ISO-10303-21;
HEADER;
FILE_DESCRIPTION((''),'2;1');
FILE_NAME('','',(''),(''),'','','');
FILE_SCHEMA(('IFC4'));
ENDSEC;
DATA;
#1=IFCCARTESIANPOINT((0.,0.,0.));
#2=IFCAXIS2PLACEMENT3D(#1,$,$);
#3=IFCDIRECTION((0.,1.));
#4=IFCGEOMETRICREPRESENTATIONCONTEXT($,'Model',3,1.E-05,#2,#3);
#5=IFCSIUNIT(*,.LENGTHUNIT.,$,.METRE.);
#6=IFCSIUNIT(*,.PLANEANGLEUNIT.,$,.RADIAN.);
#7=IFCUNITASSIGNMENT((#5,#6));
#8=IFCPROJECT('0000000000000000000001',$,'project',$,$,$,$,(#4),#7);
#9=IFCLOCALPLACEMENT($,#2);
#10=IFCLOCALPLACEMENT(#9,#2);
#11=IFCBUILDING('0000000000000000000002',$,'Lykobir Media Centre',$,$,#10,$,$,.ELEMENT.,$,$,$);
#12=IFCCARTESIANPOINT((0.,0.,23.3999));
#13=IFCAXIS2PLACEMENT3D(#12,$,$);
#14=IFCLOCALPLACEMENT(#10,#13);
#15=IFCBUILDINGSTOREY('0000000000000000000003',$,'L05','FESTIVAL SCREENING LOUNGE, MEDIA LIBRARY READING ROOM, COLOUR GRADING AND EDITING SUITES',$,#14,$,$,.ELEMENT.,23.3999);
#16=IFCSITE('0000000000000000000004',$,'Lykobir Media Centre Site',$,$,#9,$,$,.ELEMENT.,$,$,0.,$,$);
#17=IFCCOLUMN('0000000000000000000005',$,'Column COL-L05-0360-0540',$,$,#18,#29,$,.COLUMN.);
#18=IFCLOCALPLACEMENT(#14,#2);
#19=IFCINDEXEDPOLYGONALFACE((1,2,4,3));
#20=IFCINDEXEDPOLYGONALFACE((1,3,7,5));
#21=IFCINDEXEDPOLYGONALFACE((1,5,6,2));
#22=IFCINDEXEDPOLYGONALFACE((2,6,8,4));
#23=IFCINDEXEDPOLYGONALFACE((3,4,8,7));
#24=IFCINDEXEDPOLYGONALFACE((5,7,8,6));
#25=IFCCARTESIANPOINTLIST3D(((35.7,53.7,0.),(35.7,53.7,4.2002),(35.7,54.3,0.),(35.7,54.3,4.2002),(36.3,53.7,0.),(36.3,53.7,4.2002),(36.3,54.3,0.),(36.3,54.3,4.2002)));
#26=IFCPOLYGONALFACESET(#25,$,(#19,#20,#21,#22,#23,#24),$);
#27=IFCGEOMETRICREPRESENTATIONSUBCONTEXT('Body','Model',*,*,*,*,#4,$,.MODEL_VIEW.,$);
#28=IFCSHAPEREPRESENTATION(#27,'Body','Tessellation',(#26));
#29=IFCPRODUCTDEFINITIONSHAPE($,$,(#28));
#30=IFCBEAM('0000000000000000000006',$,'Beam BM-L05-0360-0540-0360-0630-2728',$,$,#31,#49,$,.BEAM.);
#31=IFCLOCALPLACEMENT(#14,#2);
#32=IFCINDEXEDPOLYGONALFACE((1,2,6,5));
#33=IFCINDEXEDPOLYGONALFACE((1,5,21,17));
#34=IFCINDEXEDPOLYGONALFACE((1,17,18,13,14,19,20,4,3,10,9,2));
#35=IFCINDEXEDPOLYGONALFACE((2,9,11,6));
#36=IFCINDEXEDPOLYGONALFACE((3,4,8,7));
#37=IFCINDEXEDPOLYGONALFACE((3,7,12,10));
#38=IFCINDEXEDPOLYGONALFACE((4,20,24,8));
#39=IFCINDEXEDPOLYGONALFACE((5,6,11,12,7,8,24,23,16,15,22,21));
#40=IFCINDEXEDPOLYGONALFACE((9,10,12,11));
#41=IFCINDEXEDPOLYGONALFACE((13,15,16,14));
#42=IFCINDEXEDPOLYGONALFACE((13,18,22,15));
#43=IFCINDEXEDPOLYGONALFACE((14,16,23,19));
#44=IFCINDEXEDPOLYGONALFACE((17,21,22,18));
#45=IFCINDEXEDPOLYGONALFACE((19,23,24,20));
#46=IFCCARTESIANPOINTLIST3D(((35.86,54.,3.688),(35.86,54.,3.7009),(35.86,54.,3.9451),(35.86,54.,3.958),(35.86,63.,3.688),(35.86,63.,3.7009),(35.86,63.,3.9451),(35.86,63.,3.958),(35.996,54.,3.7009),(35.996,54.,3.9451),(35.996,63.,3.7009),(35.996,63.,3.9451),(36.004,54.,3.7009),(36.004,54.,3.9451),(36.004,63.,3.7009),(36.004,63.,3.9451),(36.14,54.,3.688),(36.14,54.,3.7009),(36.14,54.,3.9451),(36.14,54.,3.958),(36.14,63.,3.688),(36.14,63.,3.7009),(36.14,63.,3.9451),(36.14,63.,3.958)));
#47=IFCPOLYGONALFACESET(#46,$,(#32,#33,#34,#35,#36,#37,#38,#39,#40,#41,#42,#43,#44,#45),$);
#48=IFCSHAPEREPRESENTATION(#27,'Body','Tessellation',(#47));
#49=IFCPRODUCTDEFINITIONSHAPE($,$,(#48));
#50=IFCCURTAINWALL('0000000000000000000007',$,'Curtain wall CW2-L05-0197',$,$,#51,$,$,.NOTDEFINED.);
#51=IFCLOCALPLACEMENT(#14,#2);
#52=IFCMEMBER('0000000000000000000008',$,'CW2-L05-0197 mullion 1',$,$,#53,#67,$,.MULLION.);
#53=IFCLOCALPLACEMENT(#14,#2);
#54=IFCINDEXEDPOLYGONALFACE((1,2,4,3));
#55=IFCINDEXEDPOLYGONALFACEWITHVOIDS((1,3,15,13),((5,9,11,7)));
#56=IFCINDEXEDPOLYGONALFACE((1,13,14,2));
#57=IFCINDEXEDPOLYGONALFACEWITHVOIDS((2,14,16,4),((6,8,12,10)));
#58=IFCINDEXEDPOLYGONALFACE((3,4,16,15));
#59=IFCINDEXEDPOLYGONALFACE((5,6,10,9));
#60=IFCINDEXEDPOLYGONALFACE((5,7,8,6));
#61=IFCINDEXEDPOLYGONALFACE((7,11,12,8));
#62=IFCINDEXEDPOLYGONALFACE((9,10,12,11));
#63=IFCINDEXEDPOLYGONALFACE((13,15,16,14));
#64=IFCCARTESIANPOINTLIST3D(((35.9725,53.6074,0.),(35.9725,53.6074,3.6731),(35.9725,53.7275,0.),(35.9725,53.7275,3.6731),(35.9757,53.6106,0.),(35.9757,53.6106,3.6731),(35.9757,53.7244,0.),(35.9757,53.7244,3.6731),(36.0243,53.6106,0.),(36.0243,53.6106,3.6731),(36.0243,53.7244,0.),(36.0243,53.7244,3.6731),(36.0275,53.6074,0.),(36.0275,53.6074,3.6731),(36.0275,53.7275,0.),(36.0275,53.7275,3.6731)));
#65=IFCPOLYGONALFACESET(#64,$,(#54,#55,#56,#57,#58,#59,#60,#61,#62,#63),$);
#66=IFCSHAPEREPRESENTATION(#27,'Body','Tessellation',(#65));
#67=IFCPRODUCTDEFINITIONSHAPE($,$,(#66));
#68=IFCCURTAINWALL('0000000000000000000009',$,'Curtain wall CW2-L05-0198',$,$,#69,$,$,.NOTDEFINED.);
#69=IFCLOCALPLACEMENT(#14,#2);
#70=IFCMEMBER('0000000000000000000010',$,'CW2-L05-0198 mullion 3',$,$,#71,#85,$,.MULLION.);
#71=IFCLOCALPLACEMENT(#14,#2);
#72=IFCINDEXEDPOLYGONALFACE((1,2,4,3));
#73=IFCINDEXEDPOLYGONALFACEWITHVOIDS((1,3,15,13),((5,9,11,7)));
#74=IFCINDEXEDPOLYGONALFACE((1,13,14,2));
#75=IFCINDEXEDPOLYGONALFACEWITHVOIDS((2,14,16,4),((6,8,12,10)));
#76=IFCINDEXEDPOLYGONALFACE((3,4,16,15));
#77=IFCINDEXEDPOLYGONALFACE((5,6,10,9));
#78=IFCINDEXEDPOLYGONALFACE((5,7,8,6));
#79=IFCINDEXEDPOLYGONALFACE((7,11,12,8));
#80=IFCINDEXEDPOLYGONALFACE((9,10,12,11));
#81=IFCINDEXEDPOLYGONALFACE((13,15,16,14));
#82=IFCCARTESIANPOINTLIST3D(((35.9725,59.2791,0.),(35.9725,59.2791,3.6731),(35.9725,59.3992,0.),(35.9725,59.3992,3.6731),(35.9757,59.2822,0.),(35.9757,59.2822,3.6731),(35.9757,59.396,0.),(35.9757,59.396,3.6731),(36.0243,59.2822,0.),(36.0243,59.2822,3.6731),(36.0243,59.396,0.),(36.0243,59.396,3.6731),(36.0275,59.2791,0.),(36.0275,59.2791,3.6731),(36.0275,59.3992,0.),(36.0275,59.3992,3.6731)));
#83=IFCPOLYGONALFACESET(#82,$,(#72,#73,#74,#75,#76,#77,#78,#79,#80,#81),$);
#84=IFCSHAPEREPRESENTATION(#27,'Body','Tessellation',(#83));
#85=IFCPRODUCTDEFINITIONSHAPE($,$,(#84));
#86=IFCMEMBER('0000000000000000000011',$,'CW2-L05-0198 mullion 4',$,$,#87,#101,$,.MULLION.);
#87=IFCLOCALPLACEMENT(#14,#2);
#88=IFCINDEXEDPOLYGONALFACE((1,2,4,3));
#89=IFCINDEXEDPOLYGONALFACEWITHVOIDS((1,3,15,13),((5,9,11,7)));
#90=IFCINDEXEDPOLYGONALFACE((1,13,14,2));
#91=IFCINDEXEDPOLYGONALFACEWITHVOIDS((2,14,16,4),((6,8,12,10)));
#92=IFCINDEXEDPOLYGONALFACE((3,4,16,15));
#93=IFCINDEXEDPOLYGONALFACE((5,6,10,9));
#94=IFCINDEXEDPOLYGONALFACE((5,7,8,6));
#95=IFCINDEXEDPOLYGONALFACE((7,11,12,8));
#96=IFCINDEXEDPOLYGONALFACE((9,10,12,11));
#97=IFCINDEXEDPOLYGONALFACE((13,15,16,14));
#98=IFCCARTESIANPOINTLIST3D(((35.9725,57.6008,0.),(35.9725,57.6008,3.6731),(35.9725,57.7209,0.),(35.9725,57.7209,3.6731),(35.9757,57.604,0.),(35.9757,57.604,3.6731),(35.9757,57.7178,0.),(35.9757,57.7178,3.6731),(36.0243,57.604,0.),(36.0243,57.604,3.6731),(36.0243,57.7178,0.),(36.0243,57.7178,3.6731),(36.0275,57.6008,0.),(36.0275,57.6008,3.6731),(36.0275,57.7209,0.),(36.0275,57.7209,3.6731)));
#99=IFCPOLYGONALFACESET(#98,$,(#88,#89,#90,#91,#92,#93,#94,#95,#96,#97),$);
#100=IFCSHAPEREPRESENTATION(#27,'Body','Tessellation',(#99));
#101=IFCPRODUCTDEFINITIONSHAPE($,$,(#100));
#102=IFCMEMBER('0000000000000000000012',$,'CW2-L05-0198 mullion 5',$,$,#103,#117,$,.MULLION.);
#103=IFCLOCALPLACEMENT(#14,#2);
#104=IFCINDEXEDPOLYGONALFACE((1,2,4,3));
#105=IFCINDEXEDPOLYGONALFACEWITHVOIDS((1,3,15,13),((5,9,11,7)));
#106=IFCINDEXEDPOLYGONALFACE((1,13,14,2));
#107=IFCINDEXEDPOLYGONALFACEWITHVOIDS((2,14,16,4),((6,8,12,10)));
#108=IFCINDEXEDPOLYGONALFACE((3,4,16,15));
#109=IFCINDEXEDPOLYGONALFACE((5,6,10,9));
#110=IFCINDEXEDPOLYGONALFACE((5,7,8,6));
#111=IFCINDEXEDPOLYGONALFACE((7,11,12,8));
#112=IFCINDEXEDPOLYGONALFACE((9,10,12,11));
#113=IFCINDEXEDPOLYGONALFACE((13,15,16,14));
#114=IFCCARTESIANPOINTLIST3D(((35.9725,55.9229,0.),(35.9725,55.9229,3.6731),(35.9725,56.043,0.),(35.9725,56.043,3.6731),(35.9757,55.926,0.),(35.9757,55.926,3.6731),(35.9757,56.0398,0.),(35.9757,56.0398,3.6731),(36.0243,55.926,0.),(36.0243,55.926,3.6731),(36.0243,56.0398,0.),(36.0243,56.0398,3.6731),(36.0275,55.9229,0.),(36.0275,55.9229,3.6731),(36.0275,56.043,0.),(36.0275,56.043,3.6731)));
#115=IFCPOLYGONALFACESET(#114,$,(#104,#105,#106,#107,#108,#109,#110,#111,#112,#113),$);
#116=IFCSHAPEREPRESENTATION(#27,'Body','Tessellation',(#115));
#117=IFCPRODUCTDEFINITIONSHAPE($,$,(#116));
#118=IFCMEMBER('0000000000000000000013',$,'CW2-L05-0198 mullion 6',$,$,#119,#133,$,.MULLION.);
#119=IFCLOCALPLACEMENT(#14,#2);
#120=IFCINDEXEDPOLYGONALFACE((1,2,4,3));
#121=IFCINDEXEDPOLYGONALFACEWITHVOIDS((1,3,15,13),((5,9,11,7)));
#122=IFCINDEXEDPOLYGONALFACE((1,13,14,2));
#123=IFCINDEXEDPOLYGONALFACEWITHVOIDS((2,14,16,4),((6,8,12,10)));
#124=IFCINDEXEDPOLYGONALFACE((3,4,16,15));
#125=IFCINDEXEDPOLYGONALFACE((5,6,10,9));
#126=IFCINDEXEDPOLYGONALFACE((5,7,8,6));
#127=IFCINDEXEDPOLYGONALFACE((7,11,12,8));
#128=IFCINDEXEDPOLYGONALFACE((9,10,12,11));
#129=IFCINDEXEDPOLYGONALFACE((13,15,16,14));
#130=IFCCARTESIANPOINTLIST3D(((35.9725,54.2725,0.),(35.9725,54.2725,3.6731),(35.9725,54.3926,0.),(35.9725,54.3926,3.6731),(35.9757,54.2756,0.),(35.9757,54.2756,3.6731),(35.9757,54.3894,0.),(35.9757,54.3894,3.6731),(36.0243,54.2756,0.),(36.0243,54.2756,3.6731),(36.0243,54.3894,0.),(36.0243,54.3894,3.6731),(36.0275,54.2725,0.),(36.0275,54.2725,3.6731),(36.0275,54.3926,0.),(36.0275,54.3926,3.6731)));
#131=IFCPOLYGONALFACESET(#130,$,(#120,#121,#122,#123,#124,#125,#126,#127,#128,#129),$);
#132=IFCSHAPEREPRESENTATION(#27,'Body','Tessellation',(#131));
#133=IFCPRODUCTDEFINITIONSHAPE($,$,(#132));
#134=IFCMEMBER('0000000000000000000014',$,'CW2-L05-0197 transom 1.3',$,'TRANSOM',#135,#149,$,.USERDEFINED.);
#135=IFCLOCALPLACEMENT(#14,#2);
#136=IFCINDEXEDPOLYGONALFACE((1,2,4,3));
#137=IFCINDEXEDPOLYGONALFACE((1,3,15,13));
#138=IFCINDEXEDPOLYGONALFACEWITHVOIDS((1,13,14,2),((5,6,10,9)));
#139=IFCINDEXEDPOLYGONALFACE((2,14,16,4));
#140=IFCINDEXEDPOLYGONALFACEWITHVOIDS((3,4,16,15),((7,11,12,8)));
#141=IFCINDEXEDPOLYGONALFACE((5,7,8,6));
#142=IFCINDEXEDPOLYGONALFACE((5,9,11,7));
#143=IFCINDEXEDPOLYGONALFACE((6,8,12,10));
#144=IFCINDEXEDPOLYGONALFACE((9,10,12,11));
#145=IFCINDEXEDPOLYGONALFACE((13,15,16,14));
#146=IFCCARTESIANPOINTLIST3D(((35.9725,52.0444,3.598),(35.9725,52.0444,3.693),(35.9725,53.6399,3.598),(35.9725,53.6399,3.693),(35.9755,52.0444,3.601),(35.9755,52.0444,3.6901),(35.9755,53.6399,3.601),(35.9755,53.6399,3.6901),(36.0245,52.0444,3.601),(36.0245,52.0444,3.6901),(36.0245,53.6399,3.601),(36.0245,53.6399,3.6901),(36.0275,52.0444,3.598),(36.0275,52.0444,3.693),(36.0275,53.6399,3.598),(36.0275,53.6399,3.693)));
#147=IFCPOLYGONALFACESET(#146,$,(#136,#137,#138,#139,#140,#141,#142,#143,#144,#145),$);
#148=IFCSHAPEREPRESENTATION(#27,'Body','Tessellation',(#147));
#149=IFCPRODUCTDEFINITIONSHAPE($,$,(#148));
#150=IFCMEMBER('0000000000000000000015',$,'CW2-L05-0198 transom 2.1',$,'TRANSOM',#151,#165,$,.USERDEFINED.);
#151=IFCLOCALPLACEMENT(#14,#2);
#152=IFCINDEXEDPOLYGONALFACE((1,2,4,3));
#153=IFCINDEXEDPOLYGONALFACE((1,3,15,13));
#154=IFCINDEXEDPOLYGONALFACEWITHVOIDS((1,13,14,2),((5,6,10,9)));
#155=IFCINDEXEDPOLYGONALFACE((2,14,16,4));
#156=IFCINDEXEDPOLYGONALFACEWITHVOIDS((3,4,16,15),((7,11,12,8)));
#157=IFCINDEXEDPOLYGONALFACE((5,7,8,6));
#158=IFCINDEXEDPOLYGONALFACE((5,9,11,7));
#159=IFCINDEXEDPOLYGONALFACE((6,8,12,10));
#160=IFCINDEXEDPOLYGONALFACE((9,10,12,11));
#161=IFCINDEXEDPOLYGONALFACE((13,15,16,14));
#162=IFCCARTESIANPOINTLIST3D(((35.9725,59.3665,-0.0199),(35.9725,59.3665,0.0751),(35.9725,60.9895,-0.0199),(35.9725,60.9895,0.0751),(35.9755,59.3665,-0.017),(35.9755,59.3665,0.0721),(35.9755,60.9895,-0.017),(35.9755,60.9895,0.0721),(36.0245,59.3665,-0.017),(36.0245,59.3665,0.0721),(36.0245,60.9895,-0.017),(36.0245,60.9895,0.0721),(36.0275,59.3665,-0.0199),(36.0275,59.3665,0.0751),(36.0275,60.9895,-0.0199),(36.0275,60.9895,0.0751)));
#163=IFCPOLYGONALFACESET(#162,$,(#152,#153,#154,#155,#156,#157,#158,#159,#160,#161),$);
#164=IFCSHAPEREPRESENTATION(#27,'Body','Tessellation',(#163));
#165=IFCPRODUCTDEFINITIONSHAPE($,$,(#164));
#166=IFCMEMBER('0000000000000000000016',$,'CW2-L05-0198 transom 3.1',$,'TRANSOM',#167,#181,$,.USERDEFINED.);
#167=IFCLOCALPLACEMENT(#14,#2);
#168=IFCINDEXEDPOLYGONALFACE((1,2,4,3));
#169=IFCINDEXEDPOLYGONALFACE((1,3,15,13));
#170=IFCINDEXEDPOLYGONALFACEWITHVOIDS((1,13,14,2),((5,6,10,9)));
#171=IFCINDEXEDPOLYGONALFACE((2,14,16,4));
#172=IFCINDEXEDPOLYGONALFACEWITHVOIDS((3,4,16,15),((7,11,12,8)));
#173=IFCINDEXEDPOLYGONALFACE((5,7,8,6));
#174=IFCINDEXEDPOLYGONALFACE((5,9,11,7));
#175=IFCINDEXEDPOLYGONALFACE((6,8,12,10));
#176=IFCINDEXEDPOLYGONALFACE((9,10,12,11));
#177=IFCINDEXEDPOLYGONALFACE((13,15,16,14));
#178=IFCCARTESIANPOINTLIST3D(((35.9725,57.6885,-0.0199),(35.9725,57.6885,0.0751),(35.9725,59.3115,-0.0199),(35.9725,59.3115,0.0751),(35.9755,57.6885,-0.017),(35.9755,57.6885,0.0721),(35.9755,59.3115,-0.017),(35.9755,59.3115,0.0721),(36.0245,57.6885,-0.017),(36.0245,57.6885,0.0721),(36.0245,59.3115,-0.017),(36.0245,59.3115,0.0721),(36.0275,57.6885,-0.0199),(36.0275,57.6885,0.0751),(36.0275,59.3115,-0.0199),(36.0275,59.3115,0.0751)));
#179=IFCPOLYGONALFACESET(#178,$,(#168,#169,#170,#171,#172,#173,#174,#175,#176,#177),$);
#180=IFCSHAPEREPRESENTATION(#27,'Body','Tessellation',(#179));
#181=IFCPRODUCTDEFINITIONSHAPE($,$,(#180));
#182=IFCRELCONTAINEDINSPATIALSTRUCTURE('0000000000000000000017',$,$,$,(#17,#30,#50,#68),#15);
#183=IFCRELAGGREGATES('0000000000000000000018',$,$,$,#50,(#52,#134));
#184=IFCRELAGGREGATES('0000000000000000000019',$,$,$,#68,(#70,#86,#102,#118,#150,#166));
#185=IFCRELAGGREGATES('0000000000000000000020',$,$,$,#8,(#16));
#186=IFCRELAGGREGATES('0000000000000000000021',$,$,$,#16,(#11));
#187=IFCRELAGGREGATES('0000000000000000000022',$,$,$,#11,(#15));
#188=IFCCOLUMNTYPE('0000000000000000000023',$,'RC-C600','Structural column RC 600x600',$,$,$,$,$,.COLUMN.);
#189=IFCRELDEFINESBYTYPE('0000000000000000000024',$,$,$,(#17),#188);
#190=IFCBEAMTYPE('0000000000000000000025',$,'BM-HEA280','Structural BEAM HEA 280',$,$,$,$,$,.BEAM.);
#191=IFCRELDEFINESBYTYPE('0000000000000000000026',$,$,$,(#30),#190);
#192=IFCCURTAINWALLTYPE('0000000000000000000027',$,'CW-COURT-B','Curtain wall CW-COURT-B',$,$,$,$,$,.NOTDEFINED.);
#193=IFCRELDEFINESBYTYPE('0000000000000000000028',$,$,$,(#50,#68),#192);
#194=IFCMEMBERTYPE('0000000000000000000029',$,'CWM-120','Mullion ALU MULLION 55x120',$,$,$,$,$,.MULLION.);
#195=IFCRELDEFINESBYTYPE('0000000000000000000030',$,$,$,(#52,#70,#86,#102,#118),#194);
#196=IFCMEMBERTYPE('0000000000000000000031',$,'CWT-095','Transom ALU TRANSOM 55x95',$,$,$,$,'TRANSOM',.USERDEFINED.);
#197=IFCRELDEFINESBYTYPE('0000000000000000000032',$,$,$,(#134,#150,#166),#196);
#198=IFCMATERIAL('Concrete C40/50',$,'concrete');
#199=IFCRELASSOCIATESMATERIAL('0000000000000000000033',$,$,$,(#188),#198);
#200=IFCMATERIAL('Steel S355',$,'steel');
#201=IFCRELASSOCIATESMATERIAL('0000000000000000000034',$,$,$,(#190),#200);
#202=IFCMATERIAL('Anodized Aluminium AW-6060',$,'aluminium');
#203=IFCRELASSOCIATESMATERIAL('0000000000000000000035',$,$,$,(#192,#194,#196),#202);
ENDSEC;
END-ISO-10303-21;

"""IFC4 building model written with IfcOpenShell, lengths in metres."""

from ifc_helpers import new_model, si_unit, direction, frame, origin, origin_2d, place, context, subcontext, project, spatial, rectangle, hollow_rectangle, i_section, extrude, material, material_profile, profile_set, type_object, element, aggregate, save


model = new_model("IFC4")

# Units and contexts
model_context = context("Model", 3, precision=1e-05, world=origin(), true_north=direction((0.0, 1.0)))
body_context = subcontext(model_context, "Body", "Model", "MODEL_VIEW")
ifc_project = project(units=[si_unit("LENGTHUNIT", "METRE"), si_unit("PLANEANGLEUNIT", "RADIAN")], contexts=[model_context])

# Site, building, storey
site_placement = place(None, origin())
site = spatial("IfcSite", under=ifc_project, at=site_placement, Name="Lykobir Media Centre Site", CompositionType="ELEMENT", RefElevation=0.0)
building_placement = place(site_placement, origin())
building = spatial("IfcBuilding", under=site, at=building_placement, Name="Lykobir Media Centre", CompositionType="ELEMENT")
storey_placement = place(building_placement, frame((0.0, 0.0, 23.3999)))
storey = spatial("IfcBuildingStorey", under=building, at=storey_placement, Name="L05", Description="FESTIVAL SCREENING LOUNGE, MEDIA LIBRARY READING ROOM, COLOUR GRADING AND EDITING SUITES", CompositionType="ELEMENT", Elevation=23.3999)

# Column
ifc_material_1 = material(Name="Concrete C40/50", Category="concrete")
ifc_material_profile_1 = material_profile(ifc_material_1, rectangle(XDim=0.6001, YDim=0.6001, at=origin_2d()), Name="RC 600x600")
ifc_profile_set_1 = profile_set([ifc_material_profile_1], Name="Concrete C40/50")
column_type = type_object("IfcColumnType", Name="RC-C600", Description="Structural column RC 600x600", PredefinedType="COLUMN", material=ifc_profile_set_1)
column_placement = place(storey_placement, frame((36.0, 54.0, 0.0), z_axis=(0.0, 0.0, 1.0), x_axis=(1.0, 0.0, 0.0)))
element("IfcColumn", 1, at=column_placement, inside=storey, type_object=column_type, Name="Column COL-L05-0360-0540", PredefinedType="COLUMN", context=body_context, shape_type="SweptSolid", body=[
    extrude(rectangle(XDim=0.6001, YDim=0.6001, at=origin_2d()), origin(), (0.0, 0.0, 1.0), 4.2002),
])

# Beam
ifc_material_2 = material(Name="Steel S355", Category="steel")
ifc_material_profile_2 = material_profile(ifc_material_2, i_section(OverallWidth=0.28, OverallDepth=0.27, WebThickness=0.0081, FlangeThickness=0.0129, at=origin_2d()), Name="HEA 280")
ifc_profile_set_2 = profile_set([ifc_material_profile_2], Name="Steel S355")
beam_type = type_object("IfcBeamType", Name="BM-HEA280", Description="Structural BEAM HEA 280", PredefinedType="BEAM", material=ifc_profile_set_2)
beam_placement = place(storey_placement, frame((36.0, 54.0, 3.823), z_axis=(0.0, 1.0, 0.0), x_axis=(-1.0, 0.0, 0.0)))
element("IfcBeam", 2, at=beam_placement, inside=storey, type_object=beam_type, Name="Beam BM-L05-0360-0540-0360-0630-2728", PredefinedType="BEAM", context=body_context, shape_type="SweptSolid", body=[
    extrude(i_section(OverallWidth=0.28, OverallDepth=0.27, WebThickness=0.0081, FlangeThickness=0.0129, at=origin_2d()), origin(), (0.0, 0.0, 1.0), 9.0),
])

# Curtain wall, member
ifc_material_3 = material(Name="Anodized Aluminium AW-6060", Category="aluminium")
curtain_wall_type = type_object("IfcCurtainWallType", Name="CW-COURT-B", Description="Curtain wall CW-COURT-B", PredefinedType="NOTDEFINED", material=ifc_material_3)
curtain_wall_1_placement = place(storey_placement, origin())
curtain_wall_1 = element("IfcCurtainWall", 3, at=curtain_wall_1_placement, inside=storey, type_object=curtain_wall_type, Name="Curtain wall CW2-L05-0197", PredefinedType="NOTDEFINED")
ifc_material_profile_3 = material_profile(ifc_material_3, hollow_rectangle(XDim=0.0549, YDim=0.1201, WallThickness=0.0032, at=origin_2d()), Name="ALU MULLION 55x120")
ifc_profile_set_3 = profile_set([ifc_material_profile_3], Name="Anodized Aluminium AW-6060")
member_type_1 = type_object("IfcMemberType", Name="CWM-120", Description="Mullion ALU MULLION 55x120", PredefinedType="MULLION", material=ifc_profile_set_3)
member_1_placement = place(storey_placement, frame((36.0, 53.6675, 0.0), z_axis=(0.0, 0.0, 1.0), x_axis=(1.0, 0.0, 0.0)))
member_1 = element("IfcMember", 4, at=member_1_placement, type_object=member_type_1, Name="CW2-L05-0197 mullion 1", PredefinedType="MULLION", context=body_context, shape_type="SweptSolid", body=[
    extrude(hollow_rectangle(XDim=0.0549, YDim=0.1201, WallThickness=0.0032, at=origin_2d()), origin(), (0.0, 0.0, 1.0), 3.6731),
])

# Curtain wall, members
curtain_wall_2_placement = place(storey_placement, origin())
curtain_wall_2 = element("IfcCurtainWall", 5, at=curtain_wall_2_placement, inside=storey, type_object=curtain_wall_type, Name="Curtain wall CW2-L05-0198", PredefinedType="NOTDEFINED")
member_2_placement = place(storey_placement, frame((36.0, 59.3391, 0.0), z_axis=(0.0, 0.0, 1.0), x_axis=(1.0, 0.0, 0.0)))
member_2 = element("IfcMember", 6, at=member_2_placement, type_object=member_type_1, Name="CW2-L05-0198 mullion 3", PredefinedType="MULLION", context=body_context, shape_type="SweptSolid", body=[
    extrude(hollow_rectangle(XDim=0.0549, YDim=0.1201, WallThickness=0.0032, at=origin_2d()), origin(), (0.0, 0.0, 1.0), 3.6731),
])
member_3_placement = place(storey_placement, frame((36.0, 57.6609, 0.0), z_axis=(0.0, 0.0, 1.0), x_axis=(1.0, 0.0, 0.0)))
member_3 = element("IfcMember", 7, at=member_3_placement, type_object=member_type_1, Name="CW2-L05-0198 mullion 4", PredefinedType="MULLION", context=body_context, shape_type="SweptSolid", body=[
    extrude(hollow_rectangle(XDim=0.0549, YDim=0.1201, WallThickness=0.0032, at=origin_2d()), origin(), (0.0, 0.0, 1.0), 3.6731),
])
member_4_placement = place(storey_placement, frame((36.0, 55.9829, 0.0), z_axis=(0.0, 0.0, 1.0), x_axis=(1.0, 0.0, 0.0)))
member_4 = element("IfcMember", 8, at=member_4_placement, type_object=member_type_1, Name="CW2-L05-0198 mullion 5", PredefinedType="MULLION", context=body_context, shape_type="SweptSolid", body=[
    extrude(hollow_rectangle(XDim=0.0549, YDim=0.1201, WallThickness=0.0032, at=origin_2d()), origin(), (0.0, 0.0, 1.0), 3.6731),
])
member_5_placement = place(storey_placement, frame((36.0, 54.3325, 0.0), z_axis=(0.0, 0.0, 1.0), x_axis=(1.0, 0.0, 0.0)))
member_5 = element("IfcMember", 9, at=member_5_placement, type_object=member_type_1, Name="CW2-L05-0198 mullion 6", PredefinedType="MULLION", context=body_context, shape_type="SweptSolid", body=[
    extrude(hollow_rectangle(XDim=0.0549, YDim=0.1201, WallThickness=0.0032, at=origin_2d()), origin(), (0.0, 0.0, 1.0), 3.6731),
])

# Members
ifc_material_profile_4 = material_profile(ifc_material_3, hollow_rectangle(XDim=0.0549, YDim=0.095, WallThickness=0.0029, at=origin_2d()), Name="ALU TRANSOM 55x95")
ifc_profile_set_4 = profile_set([ifc_material_profile_4], Name="Anodized Aluminium AW-6060")
member_type_2 = type_object("IfcMemberType", Name="CWT-095", Description="Transom ALU TRANSOM 55x95", ElementType="TRANSOM", PredefinedType="USERDEFINED", material=ifc_profile_set_4)
member_6_placement = place(storey_placement, frame((36.0, 53.6399, 3.6455), z_axis=(0.0, -1.0, 0.0), x_axis=(1.0, 0.0, 0.0)))
member_6 = element("IfcMember", 10, at=member_6_placement, type_object=member_type_2, Name="CW2-L05-0197 transom 1.3", ObjectType="TRANSOM", PredefinedType="USERDEFINED", context=body_context, shape_type="SweptSolid", body=[
    extrude(hollow_rectangle(XDim=0.0549, YDim=0.095, WallThickness=0.0029, at=origin_2d()), origin(), (0.0, 0.0, 1.0), 1.5955),
])
aggregate(curtain_wall_1, [member_1, member_6])
member_7_placement = place(storey_placement, frame((36.0, 60.9895, 0.0276), z_axis=(0.0, -1.0, 0.0), x_axis=(1.0, 0.0, 0.0)))
member_7 = element("IfcMember", 11, at=member_7_placement, type_object=member_type_2, Name="CW2-L05-0198 transom 2.1", ObjectType="TRANSOM", PredefinedType="USERDEFINED", context=body_context, shape_type="SweptSolid", body=[
    extrude(hollow_rectangle(XDim=0.0549, YDim=0.095, WallThickness=0.0029, at=origin_2d()), origin(), (0.0, 0.0, 1.0), 1.623),
])
member_8_placement = place(storey_placement, frame((36.0, 59.3115, 0.0276), z_axis=(0.0, -1.0, 0.0), x_axis=(1.0, 0.0, 0.0)))
member_8 = element("IfcMember", 12, at=member_8_placement, type_object=member_type_2, Name="CW2-L05-0198 transom 3.1", ObjectType="TRANSOM", PredefinedType="USERDEFINED", context=body_context, shape_type="SweptSolid", body=[
    extrude(hollow_rectangle(XDim=0.0549, YDim=0.095, WallThickness=0.0029, at=origin_2d()), origin(), (0.0, 0.0, 1.0), 1.623),
])

aggregate(curtain_wall_2, [member_2, member_3, member_4, member_5, member_7, member_8])

save(model, "model.ifc")
